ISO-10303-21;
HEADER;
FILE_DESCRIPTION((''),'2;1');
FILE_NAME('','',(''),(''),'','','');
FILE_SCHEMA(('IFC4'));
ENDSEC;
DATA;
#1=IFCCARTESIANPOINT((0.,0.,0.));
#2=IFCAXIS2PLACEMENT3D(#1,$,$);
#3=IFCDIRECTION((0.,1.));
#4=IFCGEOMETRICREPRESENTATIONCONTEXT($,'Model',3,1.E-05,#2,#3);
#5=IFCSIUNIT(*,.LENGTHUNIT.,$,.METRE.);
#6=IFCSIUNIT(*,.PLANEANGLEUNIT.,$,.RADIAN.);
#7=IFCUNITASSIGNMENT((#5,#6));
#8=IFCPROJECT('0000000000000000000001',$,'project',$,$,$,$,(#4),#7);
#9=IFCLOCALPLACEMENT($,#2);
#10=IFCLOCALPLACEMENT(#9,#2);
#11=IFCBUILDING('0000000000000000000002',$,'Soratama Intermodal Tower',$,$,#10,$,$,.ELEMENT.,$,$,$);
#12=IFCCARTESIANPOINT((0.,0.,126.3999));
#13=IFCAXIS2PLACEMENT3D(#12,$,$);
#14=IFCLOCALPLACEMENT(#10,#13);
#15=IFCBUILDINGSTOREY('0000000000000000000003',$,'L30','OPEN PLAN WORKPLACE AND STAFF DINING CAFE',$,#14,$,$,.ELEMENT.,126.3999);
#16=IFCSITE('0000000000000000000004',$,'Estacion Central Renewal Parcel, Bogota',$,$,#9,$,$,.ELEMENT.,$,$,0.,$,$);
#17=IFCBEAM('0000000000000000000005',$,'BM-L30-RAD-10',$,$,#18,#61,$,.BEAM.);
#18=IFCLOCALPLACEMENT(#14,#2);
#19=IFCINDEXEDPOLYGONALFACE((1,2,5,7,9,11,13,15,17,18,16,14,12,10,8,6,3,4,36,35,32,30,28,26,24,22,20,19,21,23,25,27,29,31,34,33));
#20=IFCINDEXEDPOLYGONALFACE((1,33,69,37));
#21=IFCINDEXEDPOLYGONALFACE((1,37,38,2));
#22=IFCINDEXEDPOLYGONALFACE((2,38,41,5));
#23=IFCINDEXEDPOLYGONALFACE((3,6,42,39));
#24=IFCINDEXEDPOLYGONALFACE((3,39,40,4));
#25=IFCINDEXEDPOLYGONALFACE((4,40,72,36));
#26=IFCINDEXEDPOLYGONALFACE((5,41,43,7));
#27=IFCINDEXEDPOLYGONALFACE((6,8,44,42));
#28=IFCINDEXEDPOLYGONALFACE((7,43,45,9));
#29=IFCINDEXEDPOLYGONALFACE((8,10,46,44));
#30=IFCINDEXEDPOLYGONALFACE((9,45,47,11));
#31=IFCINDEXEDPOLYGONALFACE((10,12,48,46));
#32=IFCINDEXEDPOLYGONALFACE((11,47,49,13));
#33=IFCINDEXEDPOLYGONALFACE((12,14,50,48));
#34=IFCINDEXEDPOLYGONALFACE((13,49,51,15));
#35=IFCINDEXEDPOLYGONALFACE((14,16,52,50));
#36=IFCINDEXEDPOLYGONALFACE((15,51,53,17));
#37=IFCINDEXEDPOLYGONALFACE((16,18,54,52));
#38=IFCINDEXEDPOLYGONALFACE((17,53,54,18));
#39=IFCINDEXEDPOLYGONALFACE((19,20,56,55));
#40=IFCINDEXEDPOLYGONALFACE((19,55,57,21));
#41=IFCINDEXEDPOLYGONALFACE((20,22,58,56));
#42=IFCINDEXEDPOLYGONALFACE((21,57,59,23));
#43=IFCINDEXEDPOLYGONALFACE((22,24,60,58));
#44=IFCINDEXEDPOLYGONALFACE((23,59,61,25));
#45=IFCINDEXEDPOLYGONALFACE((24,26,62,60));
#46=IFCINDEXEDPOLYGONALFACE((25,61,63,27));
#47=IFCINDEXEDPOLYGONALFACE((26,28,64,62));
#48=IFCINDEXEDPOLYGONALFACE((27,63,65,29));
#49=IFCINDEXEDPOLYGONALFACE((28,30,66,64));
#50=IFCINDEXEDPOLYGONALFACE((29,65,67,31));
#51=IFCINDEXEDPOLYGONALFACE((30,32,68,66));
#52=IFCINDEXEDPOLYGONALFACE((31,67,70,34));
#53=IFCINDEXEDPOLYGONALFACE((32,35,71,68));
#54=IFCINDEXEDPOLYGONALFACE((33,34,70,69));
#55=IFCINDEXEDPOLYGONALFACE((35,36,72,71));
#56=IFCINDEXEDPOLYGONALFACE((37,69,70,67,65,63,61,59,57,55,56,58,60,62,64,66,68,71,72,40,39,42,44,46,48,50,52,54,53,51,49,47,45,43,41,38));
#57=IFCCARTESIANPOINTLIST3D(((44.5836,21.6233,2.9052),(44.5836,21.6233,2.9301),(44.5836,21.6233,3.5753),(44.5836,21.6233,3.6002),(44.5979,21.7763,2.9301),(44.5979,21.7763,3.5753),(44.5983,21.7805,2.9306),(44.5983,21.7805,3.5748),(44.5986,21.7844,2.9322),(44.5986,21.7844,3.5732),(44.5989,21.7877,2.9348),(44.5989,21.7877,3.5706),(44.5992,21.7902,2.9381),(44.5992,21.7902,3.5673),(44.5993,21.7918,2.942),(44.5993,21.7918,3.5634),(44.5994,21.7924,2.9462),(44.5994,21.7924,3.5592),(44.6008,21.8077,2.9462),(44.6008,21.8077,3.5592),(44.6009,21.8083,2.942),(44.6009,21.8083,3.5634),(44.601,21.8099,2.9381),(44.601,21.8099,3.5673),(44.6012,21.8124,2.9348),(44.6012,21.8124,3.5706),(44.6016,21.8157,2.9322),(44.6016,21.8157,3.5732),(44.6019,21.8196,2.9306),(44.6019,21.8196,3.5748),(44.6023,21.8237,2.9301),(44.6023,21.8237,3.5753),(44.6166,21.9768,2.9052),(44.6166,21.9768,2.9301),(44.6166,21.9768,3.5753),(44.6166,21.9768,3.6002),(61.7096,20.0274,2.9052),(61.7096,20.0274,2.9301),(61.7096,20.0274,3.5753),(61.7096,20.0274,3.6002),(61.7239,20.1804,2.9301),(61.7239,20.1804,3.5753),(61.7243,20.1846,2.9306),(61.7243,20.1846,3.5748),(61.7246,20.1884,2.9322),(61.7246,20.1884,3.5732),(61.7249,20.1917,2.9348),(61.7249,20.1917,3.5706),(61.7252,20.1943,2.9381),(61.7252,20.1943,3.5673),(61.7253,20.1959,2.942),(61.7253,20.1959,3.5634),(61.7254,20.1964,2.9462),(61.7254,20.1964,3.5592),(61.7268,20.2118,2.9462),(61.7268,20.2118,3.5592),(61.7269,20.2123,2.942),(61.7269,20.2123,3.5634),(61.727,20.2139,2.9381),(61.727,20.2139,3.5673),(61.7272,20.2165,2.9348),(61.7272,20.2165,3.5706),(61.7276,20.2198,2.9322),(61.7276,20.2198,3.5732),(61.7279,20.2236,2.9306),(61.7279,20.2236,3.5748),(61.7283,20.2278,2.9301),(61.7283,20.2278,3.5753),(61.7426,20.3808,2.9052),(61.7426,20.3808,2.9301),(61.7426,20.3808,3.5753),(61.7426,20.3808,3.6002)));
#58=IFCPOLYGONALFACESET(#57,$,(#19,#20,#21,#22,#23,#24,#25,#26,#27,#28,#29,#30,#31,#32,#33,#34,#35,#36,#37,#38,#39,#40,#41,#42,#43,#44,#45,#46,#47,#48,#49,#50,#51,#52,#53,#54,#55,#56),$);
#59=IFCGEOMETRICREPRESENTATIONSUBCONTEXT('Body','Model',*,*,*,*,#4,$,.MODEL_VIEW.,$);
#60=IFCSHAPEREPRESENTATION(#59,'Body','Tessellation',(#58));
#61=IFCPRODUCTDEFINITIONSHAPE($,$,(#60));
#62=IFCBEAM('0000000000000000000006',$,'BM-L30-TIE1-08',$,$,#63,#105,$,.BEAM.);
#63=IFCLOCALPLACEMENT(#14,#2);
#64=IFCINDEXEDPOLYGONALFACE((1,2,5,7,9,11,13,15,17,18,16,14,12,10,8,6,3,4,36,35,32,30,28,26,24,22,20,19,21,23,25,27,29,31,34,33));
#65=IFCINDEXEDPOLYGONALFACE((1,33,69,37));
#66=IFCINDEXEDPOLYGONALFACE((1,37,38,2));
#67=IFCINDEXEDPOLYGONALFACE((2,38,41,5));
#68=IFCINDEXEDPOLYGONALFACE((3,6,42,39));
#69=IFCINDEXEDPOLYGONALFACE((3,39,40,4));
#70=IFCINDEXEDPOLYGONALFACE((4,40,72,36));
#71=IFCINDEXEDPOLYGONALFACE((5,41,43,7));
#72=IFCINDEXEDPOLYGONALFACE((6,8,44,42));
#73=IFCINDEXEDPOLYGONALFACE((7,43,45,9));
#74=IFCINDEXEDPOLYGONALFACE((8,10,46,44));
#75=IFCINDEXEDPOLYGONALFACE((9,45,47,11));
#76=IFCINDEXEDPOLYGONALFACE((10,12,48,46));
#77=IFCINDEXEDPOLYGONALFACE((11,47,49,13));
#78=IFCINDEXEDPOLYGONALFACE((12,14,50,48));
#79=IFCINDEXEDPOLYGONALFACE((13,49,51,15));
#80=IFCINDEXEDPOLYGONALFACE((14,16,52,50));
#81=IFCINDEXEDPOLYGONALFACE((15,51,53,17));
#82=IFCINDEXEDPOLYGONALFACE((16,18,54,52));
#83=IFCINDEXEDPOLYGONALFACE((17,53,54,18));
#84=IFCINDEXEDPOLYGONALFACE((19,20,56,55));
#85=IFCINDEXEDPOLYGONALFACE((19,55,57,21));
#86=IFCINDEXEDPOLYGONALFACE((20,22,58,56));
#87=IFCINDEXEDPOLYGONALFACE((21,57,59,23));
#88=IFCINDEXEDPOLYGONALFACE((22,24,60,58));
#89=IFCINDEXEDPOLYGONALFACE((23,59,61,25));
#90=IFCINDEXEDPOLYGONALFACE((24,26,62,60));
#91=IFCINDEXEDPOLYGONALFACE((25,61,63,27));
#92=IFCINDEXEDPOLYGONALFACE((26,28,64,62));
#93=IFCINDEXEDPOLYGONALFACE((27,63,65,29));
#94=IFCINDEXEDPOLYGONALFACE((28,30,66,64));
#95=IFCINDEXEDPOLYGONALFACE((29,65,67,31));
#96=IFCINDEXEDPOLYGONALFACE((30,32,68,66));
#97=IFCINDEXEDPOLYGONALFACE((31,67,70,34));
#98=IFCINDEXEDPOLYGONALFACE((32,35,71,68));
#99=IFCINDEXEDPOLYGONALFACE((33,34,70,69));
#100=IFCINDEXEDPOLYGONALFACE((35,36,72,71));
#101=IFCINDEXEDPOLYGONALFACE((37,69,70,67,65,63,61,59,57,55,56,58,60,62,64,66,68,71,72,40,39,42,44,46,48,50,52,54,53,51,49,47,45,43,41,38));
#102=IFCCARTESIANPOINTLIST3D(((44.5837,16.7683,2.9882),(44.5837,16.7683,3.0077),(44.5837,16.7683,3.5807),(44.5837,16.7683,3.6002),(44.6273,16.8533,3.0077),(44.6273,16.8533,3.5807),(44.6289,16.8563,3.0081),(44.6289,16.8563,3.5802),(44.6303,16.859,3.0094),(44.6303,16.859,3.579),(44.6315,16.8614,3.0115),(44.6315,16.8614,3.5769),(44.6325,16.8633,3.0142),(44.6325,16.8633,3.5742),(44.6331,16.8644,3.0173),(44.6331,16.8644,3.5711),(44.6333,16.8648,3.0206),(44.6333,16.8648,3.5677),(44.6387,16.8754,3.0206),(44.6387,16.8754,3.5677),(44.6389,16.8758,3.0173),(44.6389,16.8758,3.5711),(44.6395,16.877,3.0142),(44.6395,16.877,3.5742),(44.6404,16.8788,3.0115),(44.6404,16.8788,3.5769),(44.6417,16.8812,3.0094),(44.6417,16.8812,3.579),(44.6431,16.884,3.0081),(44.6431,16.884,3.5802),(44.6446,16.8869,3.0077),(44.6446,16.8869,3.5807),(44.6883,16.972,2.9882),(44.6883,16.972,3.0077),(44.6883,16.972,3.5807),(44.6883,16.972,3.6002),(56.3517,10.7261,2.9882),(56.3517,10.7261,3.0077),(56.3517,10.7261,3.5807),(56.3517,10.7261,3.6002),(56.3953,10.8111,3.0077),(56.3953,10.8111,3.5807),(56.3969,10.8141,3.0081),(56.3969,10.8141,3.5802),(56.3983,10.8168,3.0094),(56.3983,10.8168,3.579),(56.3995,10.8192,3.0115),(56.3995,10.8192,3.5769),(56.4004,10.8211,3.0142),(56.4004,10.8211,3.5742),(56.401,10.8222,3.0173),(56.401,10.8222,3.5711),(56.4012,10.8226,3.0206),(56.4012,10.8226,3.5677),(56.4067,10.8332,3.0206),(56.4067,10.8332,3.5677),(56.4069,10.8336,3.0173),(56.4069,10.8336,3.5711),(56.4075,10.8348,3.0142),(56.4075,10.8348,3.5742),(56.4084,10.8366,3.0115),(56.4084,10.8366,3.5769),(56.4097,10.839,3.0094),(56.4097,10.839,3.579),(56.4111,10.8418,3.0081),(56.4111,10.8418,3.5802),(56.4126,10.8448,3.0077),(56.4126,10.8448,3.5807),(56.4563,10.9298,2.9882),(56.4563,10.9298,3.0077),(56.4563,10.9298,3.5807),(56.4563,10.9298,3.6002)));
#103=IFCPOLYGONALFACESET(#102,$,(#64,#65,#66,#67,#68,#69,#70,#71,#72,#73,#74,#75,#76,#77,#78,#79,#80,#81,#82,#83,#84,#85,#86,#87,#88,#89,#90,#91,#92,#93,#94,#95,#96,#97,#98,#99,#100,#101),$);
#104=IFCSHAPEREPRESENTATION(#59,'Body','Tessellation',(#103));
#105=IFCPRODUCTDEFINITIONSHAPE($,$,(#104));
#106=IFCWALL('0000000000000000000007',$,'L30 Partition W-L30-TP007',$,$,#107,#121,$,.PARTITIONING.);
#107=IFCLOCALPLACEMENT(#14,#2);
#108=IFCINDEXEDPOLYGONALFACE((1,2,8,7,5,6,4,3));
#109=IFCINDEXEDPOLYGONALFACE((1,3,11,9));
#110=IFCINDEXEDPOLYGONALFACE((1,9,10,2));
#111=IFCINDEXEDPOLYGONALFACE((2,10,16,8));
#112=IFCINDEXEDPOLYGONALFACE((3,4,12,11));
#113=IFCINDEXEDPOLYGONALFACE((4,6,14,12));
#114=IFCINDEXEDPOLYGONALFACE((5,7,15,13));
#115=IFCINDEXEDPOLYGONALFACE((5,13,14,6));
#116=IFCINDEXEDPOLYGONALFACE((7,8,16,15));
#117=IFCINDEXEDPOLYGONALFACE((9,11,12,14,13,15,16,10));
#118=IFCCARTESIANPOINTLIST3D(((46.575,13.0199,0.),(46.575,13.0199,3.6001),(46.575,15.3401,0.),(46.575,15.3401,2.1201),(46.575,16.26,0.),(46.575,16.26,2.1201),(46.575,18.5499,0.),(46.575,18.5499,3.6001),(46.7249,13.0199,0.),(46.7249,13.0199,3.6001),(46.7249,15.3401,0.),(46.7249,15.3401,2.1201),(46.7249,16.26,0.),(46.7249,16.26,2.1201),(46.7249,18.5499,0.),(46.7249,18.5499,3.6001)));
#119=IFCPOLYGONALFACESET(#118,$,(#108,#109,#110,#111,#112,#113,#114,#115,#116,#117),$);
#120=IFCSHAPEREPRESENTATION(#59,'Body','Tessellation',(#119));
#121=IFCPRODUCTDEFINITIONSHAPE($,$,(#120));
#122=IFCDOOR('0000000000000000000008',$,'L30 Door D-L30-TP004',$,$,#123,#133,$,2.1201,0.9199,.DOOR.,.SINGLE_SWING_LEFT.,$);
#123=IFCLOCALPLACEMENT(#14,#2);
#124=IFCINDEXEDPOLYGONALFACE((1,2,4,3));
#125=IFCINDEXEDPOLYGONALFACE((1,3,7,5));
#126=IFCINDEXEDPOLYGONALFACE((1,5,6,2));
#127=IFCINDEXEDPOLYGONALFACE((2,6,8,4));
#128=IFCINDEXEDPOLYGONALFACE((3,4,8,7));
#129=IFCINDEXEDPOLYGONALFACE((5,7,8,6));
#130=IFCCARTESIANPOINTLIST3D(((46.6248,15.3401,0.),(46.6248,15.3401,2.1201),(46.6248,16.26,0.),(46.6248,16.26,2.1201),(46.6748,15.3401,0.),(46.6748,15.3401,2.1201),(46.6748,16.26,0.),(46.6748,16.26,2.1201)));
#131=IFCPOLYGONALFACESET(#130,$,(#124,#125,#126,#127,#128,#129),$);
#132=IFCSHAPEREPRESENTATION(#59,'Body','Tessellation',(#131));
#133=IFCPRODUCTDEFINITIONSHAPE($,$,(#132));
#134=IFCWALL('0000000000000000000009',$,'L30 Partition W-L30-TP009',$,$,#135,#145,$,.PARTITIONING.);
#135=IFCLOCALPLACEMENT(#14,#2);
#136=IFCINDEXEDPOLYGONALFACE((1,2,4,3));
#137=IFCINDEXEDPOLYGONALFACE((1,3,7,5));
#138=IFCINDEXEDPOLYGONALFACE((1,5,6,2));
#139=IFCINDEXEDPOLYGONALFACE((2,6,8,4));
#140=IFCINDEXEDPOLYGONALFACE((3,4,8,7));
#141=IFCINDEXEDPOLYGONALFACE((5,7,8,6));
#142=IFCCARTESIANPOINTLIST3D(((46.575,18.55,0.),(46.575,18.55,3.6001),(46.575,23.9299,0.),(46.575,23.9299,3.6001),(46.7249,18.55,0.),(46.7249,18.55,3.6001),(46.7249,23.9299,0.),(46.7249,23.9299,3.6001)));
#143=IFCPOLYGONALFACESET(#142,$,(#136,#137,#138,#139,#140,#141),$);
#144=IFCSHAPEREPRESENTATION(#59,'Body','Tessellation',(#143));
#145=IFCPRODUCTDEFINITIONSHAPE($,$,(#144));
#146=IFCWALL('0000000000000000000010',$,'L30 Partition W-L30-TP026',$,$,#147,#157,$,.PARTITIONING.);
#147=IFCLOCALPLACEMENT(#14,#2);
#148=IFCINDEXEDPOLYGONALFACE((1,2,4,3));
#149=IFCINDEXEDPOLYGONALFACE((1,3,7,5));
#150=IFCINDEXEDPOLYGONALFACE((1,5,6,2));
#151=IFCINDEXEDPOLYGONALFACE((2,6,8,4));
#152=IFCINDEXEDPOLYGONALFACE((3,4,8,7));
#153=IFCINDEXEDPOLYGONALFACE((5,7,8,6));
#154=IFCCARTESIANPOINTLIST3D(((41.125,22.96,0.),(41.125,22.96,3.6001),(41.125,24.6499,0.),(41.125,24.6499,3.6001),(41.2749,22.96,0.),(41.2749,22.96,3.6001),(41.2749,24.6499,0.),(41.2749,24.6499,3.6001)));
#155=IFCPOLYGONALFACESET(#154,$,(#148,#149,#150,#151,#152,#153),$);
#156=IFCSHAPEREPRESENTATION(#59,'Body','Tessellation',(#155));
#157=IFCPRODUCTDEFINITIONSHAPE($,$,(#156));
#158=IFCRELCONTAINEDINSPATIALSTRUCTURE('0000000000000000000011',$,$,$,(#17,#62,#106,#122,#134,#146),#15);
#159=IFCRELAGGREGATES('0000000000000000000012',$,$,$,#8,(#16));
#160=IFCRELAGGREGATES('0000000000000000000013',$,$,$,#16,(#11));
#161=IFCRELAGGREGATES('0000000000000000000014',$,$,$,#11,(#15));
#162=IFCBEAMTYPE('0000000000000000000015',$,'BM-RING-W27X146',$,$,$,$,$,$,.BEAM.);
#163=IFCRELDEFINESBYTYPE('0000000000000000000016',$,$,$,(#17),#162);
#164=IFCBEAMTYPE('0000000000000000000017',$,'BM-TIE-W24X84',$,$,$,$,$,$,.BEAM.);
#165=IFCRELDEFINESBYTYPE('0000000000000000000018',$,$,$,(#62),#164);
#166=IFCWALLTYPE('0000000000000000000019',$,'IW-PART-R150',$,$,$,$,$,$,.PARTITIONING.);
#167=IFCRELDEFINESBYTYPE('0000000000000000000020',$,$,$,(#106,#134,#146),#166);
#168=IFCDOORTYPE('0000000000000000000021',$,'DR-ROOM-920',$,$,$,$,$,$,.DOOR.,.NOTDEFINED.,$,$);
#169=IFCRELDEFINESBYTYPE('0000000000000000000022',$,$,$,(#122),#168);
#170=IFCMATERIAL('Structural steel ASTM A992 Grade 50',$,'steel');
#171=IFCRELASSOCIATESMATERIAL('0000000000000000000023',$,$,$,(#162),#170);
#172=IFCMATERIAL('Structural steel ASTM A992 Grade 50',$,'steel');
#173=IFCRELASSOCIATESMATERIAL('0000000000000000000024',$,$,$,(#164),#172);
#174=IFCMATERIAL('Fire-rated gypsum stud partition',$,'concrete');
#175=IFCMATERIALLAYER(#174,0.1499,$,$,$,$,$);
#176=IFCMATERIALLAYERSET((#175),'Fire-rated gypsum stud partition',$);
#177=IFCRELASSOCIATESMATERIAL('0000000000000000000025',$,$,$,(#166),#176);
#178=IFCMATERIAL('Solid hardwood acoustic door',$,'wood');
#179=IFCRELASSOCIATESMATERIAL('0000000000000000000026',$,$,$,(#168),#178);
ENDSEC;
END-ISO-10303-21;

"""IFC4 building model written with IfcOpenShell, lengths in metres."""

from ifc_helpers import new_model, si_unit, direction, frame, frame_2d, origin, origin_2d, place, context, subcontext, project, spatial, rectangle, i_section, extrude, material, layer, layer_set, material_profile, profile_set, type_object, element, fill, save


model = new_model("IFC4")

# Units and contexts
model_context = context("Model", 3, precision=1e-05, world=origin(), true_north=direction((0.0, 1.0)))
body_context = subcontext(model_context, "Body", "Model", "MODEL_VIEW")
ifc_project = project(units=[si_unit("LENGTHUNIT", "METRE"), si_unit("PLANEANGLEUNIT", "RADIAN")], contexts=[model_context])

# Site, building, storey
site_placement = place(None, origin())
site = spatial("IfcSite", under=ifc_project, at=site_placement, Name="Estacion Central Renewal Parcel, Bogota", CompositionType="ELEMENT", RefElevation=0.0)
building_placement = place(site_placement, origin())
building = spatial("IfcBuilding", under=site, at=building_placement, Name="Soratama Intermodal Tower", CompositionType="ELEMENT")
storey_placement = place(building_placement, frame((0.0, 0.0, 126.3999)))
storey = spatial("IfcBuildingStorey", under=building, at=storey_placement, Name="L30", Description="OPEN PLAN WORKPLACE AND STAFF DINING CAFE", CompositionType="ELEMENT", Elevation=126.3999)

# Beams
ifc_material_1 = material(Name="Structural steel ASTM A992 Grade 50", Category="steel")
ifc_material_profile_1 = material_profile(ifc_material_1, i_section(OverallWidth=0.355, OverallDepth=0.6951, WebThickness=0.0154, FlangeThickness=0.0249, FilletRadius=0.0161, at=origin_2d()), Name="W27X146")
ifc_profile_set_1 = profile_set([ifc_material_profile_1], Name="Structural steel ASTM A992 Grade 50")
beam_type_1 = type_object("IfcBeamType", Name="BM-RING-W27X146", PredefinedType="BEAM", material=ifc_profile_set_1)
beam_1_placement = place(storey_placement, frame((44.6001, 21.8, 3.2527), z_axis=(0.995686, -0.092787, 0.0), x_axis=(0.092787, 0.995686, 0.0)))
element("IfcBeam", 1, at=beam_1_placement, inside=storey, type_object=beam_type_1, Name="BM-L30-RAD-10", PredefinedType="BEAM", context=body_context, shape_type="SweptSolid", body=[
    extrude(i_section(OverallWidth=0.355, OverallDepth=0.6951, WebThickness=0.0154, FlangeThickness=0.0249, FilletRadius=0.0161, at=origin_2d()), origin(), (0.0, 0.0, 1.0), 17.2002),
])
ifc_material_2 = material(Name="Structural steel ASTM A992 Grade 50", Category="steel")
ifc_material_profile_2 = material_profile(ifc_material_2, i_section(OverallWidth=0.229, OverallDepth=0.6121, WebThickness=0.012, FlangeThickness=0.0195, FilletRadius=0.0129, at=origin_2d()), Name="W24X84")
ifc_profile_set_2 = profile_set([ifc_material_profile_2], Name="Structural steel ASTM A992 Grade 50")
beam_type_2 = type_object("IfcBeamType", Name="BM-TIE-W24X84", PredefinedType="BEAM", material=ifc_profile_set_2)
beam_2_placement = place(storey_placement, frame((44.636, 16.8701, 3.2942), z_axis=(0.889592, -0.456755, 0.0), x_axis=(0.456755, 0.889592, 0.0)))
element("IfcBeam", 2, at=beam_2_placement, inside=storey, type_object=beam_type_2, Name="BM-L30-TIE1-08", PredefinedType="BEAM", context=body_context, shape_type="SweptSolid", body=[
    extrude(i_section(OverallWidth=0.229, OverallDepth=0.6121, WebThickness=0.012, FlangeThickness=0.0195, FilletRadius=0.0129, at=origin_2d()), origin(), (0.0, 0.0, 1.0), 13.2285),
])

# Wall, opening, door
ifc_material_3 = material(Name="Fire-rated gypsum stud partition", Category="concrete")
ifc_layer_1 = layer(ifc_material_3, 0.1499)
ifc_layer_set_1 = layer_set([ifc_layer_1], Name="Fire-rated gypsum stud partition")
wall_type_1 = type_object("IfcWallType", Name="IW-PART-R150", PredefinedType="PARTITIONING", material=ifc_layer_set_1)
wall_1_placement = place(storey_placement, frame((46.6499, 18.55, 0.0), z_axis=(0.0, 0.0, 1.0), x_axis=(0.0, -1.0, 0.0)))
wall_1 = element("IfcWall", 3, at=wall_1_placement, inside=storey, type_object=wall_type_1, Name="L30 Partition W-L30-TP007", PredefinedType="PARTITIONING", context=body_context, shape_type="SweptSolid", body=[
    extrude(rectangle(XDim=5.53, YDim=0.1499, at=frame_2d((2.7651, 0.0))), origin(), (0.0, 0.0, 1.0), 3.6001),
])
opening_1_placement = place(wall_1_placement, frame((2.29, 0.0, 0.0)))
opening_1 = element("IfcOpeningElement", 4, at=opening_1_placement, cuts=wall_1, PredefinedType="OPENING", context=body_context, shape_type="SweptSolid", body=[
    extrude(rectangle(XDim=0.9199, YDim=2.1201, at=frame_2d((0.46, 1.0601))), frame((0.0, 0.085, 0.0), z_axis=(0.0, -1.0, 0.0), x_axis=(1.0, 0.0, 0.0)), (0.0, 0.0, 1.0), 0.1699),
])
ifc_material_4 = material(Name="Solid hardwood acoustic door", Category="wood")
door_type_1 = type_object("IfcDoorType", Name="DR-ROOM-920", OperationType="NOTDEFINED", PredefinedType="DOOR", material=ifc_material_4)
door_1_placement = place(opening_1_placement, origin())
door_1 = element("IfcDoor", 5, at=door_1_placement, inside=storey, type_object=door_type_1, Name="L30 Door D-L30-TP004", OperationType="SINGLE_SWING_LEFT", OverallHeight=2.1201, OverallWidth=0.9199, PredefinedType="DOOR", context=body_context, shape_type="SweptSolid", body=[
    extrude(rectangle(XDim=0.9199, YDim=2.1201, at=frame_2d((0.46, 1.0601))), frame((0.0, 0.0249, 0.0), z_axis=(0.0, -1.0, 0.0), x_axis=(1.0, 0.0, 0.0)), (0.0, 0.0, 1.0), 0.05),
])
fill(opening_1, door_1)

# Walls
wall_2_placement = place(storey_placement, frame((46.6499, 23.9299, 0.0), z_axis=(0.0, 0.0, 1.0), x_axis=(0.0, -1.0, 0.0)))
element("IfcWall", 6, at=wall_2_placement, inside=storey, type_object=wall_type_1, Name="L30 Partition W-L30-TP009", PredefinedType="PARTITIONING", context=body_context, shape_type="SweptSolid", body=[
    extrude(rectangle(XDim=5.3799, YDim=0.1499, at=frame_2d((2.6899, 0.0))), origin(), (0.0, 0.0, 1.0), 3.6001),
])
wall_3_placement = place(storey_placement, frame((41.2, 22.96, 0.0), z_axis=(0.0, 0.0, 1.0), x_axis=(0.0, 1.0, 0.0)))
element("IfcWall", 7, at=wall_3_placement, inside=storey, type_object=wall_type_1, Name="L30 Partition W-L30-TP026", PredefinedType="PARTITIONING", context=body_context, shape_type="SweptSolid", body=[
    extrude(rectangle(XDim=1.6899, YDim=0.1499, at=frame_2d((0.845, 0.0))), origin(), (0.0, 0.0, 1.0), 3.6001),
])

save(model, "model.ifc")
